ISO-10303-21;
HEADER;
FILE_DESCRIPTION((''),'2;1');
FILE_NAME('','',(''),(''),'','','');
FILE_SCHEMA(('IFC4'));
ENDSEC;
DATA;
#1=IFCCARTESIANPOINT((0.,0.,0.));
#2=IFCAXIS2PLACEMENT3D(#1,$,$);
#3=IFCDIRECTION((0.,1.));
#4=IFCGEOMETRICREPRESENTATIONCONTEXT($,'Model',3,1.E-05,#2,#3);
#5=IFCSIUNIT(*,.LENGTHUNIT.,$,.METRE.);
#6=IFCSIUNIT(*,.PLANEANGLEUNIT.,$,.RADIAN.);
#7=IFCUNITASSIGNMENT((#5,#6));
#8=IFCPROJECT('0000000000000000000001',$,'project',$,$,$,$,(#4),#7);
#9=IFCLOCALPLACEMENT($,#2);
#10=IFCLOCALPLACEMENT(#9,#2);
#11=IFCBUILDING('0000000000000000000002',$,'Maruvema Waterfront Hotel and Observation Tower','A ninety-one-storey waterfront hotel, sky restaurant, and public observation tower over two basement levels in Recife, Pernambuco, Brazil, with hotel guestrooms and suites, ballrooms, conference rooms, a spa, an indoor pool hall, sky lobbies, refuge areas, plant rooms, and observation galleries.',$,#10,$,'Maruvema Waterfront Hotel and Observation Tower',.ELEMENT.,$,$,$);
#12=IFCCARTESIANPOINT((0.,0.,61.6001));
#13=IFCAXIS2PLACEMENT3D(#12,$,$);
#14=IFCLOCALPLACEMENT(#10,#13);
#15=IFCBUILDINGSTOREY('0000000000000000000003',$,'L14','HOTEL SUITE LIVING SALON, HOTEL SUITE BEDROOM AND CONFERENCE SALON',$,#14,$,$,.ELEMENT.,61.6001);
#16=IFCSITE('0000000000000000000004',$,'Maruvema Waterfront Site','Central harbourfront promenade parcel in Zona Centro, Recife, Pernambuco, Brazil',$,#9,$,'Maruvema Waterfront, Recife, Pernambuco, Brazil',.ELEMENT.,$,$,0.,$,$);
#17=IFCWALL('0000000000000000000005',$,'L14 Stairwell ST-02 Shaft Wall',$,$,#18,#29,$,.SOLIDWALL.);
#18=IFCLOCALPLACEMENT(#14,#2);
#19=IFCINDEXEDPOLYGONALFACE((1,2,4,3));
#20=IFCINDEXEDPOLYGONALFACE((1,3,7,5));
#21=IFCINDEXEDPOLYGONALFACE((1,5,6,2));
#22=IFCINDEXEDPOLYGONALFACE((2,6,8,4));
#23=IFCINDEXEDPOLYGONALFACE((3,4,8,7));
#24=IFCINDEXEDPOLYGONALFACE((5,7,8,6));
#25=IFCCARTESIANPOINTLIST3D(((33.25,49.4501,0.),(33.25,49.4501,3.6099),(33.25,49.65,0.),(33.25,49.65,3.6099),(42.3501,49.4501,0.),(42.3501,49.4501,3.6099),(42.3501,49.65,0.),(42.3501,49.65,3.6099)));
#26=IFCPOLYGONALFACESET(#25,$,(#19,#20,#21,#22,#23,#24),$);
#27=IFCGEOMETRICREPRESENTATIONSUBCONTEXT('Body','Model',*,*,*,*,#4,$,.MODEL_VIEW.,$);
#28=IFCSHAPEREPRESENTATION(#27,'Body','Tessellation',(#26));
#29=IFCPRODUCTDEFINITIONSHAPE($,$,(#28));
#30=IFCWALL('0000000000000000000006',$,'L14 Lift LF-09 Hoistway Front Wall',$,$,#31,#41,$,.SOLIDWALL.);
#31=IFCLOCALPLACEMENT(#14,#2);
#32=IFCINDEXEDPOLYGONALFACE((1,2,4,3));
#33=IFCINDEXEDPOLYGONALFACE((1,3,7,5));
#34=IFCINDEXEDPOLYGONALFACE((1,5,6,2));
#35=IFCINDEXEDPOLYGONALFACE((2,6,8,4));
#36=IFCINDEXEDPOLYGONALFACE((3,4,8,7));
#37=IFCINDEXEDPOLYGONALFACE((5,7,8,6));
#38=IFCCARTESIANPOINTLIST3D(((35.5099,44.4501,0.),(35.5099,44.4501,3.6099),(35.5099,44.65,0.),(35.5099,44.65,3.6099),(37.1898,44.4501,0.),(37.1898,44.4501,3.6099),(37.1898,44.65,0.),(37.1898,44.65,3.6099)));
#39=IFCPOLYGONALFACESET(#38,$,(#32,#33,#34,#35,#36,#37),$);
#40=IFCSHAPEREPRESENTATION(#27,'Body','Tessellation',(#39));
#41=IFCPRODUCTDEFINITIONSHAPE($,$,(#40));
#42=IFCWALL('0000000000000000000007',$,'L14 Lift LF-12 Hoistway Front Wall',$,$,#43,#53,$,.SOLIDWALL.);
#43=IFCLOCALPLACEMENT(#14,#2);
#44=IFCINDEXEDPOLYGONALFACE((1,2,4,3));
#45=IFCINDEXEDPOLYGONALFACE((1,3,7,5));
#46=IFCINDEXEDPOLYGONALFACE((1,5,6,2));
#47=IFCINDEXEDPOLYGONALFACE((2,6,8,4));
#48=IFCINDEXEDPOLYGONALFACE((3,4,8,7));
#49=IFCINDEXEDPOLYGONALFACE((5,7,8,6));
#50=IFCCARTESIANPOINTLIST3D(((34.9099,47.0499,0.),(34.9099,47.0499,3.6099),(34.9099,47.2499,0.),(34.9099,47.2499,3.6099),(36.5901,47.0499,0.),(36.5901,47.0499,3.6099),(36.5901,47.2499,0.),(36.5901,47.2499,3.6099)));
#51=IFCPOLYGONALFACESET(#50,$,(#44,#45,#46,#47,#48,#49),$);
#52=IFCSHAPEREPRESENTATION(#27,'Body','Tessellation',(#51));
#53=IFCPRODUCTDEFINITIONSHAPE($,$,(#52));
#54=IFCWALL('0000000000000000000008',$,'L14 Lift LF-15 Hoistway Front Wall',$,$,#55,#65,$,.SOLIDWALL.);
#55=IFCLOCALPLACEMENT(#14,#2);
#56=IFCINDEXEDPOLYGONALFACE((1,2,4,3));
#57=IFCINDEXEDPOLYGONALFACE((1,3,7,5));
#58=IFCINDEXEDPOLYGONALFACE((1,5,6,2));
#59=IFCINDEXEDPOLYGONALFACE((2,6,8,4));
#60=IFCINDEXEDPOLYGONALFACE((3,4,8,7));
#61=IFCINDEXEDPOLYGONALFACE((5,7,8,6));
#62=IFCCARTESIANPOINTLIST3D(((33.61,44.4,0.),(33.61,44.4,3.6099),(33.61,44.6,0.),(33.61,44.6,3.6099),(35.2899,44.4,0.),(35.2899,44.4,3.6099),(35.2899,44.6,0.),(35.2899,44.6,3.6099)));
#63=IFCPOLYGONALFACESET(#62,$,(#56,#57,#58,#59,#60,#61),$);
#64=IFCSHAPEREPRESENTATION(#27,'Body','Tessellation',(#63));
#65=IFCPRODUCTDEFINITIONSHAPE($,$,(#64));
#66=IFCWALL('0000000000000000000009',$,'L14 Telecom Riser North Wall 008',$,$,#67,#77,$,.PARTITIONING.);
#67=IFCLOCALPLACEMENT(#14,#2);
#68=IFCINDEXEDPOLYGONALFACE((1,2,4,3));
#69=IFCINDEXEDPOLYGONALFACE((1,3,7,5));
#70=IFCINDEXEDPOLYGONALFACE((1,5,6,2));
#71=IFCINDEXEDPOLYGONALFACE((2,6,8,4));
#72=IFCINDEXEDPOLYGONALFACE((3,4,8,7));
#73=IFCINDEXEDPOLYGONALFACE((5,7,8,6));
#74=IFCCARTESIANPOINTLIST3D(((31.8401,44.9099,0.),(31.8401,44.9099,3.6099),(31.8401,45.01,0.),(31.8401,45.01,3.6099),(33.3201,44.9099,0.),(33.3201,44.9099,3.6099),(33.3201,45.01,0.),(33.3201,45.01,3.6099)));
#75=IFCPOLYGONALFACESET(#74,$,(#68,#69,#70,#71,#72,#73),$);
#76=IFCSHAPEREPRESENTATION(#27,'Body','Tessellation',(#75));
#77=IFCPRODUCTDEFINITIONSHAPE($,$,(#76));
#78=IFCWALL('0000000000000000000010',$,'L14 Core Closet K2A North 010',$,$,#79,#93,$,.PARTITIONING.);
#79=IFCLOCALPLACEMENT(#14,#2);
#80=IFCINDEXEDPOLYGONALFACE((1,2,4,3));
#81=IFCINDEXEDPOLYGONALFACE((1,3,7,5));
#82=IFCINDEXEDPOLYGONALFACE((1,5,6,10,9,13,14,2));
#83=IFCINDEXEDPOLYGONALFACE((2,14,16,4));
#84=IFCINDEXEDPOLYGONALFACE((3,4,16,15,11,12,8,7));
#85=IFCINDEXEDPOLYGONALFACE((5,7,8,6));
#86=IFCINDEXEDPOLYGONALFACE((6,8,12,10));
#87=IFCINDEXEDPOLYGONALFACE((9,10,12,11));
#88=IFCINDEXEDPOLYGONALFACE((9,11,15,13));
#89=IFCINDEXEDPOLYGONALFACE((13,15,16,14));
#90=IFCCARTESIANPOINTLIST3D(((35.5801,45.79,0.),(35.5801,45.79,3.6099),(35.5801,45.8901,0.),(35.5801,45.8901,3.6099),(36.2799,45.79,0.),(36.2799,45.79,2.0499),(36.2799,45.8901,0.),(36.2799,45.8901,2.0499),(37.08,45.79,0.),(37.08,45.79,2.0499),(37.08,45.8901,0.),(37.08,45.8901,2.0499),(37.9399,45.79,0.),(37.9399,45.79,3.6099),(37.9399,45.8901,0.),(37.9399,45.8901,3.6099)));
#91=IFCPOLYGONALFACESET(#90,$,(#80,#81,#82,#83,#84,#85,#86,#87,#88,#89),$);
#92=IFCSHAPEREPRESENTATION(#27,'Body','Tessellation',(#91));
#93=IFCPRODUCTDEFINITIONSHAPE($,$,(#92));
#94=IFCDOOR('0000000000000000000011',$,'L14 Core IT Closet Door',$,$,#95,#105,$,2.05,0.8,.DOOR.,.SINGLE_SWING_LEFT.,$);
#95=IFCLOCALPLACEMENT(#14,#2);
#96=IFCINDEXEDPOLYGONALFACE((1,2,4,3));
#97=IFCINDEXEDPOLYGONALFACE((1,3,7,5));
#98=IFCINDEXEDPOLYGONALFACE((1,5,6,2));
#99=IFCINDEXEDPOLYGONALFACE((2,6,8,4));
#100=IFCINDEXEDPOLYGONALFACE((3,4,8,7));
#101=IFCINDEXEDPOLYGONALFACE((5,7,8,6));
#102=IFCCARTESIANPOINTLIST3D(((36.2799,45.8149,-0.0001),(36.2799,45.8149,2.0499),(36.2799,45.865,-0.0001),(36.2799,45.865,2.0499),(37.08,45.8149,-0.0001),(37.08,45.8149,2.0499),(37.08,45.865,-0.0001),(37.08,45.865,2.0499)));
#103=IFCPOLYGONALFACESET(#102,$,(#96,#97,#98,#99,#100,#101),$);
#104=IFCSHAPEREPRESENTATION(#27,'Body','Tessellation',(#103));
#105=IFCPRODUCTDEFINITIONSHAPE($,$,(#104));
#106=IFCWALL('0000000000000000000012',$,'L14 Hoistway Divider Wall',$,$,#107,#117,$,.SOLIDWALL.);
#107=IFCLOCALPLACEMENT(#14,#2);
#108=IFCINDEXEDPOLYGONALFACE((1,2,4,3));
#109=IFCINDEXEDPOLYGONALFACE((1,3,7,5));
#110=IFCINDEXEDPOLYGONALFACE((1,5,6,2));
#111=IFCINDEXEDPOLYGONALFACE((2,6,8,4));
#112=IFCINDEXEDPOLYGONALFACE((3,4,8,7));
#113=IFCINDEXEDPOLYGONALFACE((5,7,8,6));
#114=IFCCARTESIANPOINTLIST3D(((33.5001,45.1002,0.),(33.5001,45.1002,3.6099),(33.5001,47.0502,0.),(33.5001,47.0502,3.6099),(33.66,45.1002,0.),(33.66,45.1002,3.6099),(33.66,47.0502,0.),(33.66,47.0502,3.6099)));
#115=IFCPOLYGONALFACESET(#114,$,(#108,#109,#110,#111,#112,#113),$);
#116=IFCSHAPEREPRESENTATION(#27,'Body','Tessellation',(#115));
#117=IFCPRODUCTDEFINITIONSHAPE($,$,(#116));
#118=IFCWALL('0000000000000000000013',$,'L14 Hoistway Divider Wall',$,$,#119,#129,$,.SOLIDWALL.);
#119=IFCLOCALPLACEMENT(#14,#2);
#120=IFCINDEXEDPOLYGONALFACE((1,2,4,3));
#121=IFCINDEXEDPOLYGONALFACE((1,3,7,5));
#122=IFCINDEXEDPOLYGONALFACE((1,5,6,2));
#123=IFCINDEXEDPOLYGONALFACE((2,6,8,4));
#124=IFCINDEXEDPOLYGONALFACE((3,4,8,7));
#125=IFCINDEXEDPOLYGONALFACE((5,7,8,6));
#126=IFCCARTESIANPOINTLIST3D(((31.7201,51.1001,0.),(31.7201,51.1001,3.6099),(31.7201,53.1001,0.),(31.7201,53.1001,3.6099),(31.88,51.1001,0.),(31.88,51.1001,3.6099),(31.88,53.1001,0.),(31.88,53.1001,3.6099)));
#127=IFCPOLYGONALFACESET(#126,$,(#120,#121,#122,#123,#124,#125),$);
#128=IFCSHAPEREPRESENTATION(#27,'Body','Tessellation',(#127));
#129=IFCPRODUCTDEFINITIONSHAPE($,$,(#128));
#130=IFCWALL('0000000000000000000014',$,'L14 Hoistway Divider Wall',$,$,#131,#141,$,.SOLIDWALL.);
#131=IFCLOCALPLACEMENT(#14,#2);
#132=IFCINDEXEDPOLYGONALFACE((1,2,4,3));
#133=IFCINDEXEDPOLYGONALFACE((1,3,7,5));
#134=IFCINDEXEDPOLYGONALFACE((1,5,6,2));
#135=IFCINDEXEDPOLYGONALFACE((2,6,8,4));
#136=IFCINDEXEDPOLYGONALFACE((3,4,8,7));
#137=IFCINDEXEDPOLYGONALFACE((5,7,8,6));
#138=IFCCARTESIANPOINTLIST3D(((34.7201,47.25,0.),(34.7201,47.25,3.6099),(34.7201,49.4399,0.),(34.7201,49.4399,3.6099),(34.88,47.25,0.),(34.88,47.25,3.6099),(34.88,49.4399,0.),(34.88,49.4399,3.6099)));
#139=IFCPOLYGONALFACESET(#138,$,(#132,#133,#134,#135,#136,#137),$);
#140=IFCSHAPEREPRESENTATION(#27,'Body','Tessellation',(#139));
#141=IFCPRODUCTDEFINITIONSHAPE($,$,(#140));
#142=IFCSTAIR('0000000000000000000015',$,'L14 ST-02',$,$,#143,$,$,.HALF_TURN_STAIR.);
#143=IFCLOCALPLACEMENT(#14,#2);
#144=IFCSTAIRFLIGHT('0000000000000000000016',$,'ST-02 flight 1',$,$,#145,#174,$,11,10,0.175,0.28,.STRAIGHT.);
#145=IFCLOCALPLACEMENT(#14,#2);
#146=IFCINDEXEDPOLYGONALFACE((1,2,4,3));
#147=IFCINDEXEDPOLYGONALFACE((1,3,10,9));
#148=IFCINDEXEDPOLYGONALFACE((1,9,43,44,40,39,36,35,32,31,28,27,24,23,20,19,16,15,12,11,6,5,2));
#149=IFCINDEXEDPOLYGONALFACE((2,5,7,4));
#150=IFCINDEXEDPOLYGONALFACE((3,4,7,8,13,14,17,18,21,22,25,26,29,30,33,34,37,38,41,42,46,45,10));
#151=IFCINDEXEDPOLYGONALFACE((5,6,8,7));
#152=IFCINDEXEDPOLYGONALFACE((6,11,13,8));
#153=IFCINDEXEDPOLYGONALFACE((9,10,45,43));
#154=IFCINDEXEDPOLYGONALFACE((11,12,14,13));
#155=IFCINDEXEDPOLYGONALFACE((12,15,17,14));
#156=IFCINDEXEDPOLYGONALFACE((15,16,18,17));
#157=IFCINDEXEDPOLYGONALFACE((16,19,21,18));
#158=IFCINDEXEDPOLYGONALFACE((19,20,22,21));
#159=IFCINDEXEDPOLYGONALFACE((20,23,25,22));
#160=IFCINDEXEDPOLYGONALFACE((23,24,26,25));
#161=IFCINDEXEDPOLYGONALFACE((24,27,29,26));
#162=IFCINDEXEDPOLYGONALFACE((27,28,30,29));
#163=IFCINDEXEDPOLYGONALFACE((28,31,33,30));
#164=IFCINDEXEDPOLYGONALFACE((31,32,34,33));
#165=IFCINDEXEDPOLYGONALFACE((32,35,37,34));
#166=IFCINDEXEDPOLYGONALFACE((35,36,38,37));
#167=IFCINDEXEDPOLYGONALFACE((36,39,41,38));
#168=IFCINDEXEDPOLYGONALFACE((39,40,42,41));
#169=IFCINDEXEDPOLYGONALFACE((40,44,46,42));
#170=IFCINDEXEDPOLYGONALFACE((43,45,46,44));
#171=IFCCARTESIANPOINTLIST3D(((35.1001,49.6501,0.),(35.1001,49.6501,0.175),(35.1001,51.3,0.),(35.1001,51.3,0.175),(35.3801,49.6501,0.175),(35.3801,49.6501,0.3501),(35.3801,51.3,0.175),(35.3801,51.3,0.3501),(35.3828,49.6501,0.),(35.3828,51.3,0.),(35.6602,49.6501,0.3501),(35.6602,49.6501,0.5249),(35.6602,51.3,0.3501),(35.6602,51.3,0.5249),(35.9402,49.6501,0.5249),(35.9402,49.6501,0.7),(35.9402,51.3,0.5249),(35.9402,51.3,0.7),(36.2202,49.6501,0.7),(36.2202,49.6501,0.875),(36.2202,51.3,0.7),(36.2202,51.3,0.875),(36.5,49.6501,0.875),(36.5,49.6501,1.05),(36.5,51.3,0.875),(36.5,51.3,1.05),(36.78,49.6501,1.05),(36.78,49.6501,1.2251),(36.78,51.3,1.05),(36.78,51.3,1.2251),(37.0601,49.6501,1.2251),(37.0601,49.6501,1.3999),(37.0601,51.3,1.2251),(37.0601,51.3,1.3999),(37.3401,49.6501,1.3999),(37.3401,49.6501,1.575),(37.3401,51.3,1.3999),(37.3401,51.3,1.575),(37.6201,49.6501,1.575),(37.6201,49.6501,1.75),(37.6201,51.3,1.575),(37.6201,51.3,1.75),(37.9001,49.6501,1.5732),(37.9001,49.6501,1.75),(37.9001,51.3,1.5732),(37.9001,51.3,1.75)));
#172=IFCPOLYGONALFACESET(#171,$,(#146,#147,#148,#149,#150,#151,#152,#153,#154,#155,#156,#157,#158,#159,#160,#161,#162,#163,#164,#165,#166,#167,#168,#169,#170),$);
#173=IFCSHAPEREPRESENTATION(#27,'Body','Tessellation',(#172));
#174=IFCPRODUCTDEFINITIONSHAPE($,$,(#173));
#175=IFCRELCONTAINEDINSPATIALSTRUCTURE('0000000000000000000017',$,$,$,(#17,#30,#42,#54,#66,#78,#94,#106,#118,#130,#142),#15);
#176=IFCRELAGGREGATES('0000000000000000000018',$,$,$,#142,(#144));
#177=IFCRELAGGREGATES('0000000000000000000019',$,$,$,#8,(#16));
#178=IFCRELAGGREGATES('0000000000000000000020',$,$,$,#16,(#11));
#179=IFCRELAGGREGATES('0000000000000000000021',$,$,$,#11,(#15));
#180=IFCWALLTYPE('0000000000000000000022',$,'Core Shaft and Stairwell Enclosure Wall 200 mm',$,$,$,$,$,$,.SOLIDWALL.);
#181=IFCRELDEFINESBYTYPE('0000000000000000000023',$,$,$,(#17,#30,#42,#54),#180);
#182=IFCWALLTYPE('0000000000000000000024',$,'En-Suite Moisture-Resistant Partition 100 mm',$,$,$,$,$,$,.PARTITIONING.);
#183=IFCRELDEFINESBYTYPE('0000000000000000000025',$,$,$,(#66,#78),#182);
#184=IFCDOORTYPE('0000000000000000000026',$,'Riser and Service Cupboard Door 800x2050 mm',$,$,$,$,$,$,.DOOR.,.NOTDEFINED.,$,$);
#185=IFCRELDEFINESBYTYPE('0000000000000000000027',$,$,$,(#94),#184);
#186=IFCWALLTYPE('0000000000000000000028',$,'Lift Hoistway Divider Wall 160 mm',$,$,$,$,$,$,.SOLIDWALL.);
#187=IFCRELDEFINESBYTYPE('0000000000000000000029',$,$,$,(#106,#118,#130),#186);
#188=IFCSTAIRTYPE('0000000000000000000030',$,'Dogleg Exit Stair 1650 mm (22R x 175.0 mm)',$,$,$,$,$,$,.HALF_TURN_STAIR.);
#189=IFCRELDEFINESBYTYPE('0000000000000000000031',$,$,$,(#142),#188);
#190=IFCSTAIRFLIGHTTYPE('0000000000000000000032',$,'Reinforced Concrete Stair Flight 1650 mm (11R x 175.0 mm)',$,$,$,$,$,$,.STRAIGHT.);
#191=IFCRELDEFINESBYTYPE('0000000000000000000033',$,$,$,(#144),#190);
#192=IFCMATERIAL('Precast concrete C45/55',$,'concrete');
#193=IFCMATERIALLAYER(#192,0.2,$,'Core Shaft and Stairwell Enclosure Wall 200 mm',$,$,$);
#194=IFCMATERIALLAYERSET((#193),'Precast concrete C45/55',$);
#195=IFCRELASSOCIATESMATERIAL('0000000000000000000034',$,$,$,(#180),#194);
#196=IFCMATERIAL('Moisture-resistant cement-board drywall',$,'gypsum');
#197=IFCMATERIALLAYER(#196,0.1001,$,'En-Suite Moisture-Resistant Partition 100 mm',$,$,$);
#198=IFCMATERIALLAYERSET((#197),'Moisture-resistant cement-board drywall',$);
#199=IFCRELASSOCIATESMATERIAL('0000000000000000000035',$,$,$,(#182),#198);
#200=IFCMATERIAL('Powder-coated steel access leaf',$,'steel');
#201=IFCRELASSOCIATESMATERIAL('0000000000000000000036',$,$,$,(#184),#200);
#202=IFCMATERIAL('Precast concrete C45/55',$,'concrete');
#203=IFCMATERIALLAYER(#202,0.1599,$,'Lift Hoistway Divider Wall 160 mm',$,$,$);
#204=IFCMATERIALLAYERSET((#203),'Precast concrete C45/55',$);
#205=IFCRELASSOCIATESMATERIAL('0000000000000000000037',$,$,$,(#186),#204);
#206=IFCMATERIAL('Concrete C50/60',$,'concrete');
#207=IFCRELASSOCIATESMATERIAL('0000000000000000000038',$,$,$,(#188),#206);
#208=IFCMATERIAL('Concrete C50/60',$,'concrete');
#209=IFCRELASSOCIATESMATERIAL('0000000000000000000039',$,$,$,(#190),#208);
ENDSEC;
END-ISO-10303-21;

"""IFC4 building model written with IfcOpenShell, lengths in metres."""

from ifc_helpers import new_model, si_unit, direction, frame, frame_2d, origin, place, context, subcontext, project, spatial, polyline, rectangle, outline, extrude, material, layer, layer_set, type_object, element, fill, aggregate, save


model = new_model("IFC4")

# Units and contexts
model_context = context("Model", 3, precision=1e-05, world=origin(), true_north=direction((0.0, 1.0)))
body_context = subcontext(model_context, "Body", "Model", "MODEL_VIEW")
ifc_project = project(units=[si_unit("LENGTHUNIT", "METRE"), si_unit("PLANEANGLEUNIT", "RADIAN")], contexts=[model_context])

# Site, building, storey
site_placement = place(None, origin())
site = spatial("IfcSite", under=ifc_project, at=site_placement, Name="Maruvema Waterfront Site", Description="Central harbourfront promenade parcel in Zona Centro, Recife, Pernambuco, Brazil", LongName="Maruvema Waterfront, Recife, Pernambuco, Brazil", CompositionType="ELEMENT", RefElevation=0.0)
building_placement = place(site_placement, origin())
building = spatial("IfcBuilding", under=site, at=building_placement, Name="Maruvema Waterfront Hotel and Observation Tower", Description="A ninety-one-storey waterfront hotel, sky restaurant, and public observation tower over two basement levels in Recife, Pernambuco, Brazil, with hotel guestrooms and suites, ballrooms, conference rooms, a spa, an indoor pool hall, sky lobbies, refuge areas, plant rooms, and observation galleries.", LongName="Maruvema Waterfront Hotel and Observation Tower", CompositionType="ELEMENT")
storey_placement = place(building_placement, frame((0.0, 0.0, 61.6001)))
storey = spatial("IfcBuildingStorey", under=building, at=storey_placement, Name="L14", Description="HOTEL SUITE LIVING SALON, HOTEL SUITE BEDROOM AND CONFERENCE SALON", CompositionType="ELEMENT", Elevation=61.6001)

# Wall
ifc_material_1 = material(Name="Precast concrete C45/55", Category="concrete")
ifc_layer_1 = layer(ifc_material_1, 0.2, Name="Core Shaft and Stairwell Enclosure Wall 200 mm")
ifc_layer_set_1 = layer_set([ifc_layer_1], Name="Precast concrete C45/55")
wall_type_1 = type_object("IfcWallType", Name="Core Shaft and Stairwell Enclosure Wall 200 mm", PredefinedType="SOLIDWALL", material=ifc_layer_set_1)
wall_1_placement = place(storey_placement, frame((33.25, 49.55, 0.0), z_axis=(0.0, 0.0, 1.0), x_axis=(1.0, 0.0, 0.0)))
element("IfcWall", 1, at=wall_1_placement, inside=storey, type_object=wall_type_1, Name="L14 Stairwell ST-02 Shaft Wall", PredefinedType="SOLIDWALL", context=body_context, shape_type="SweptSolid", body=[
    extrude(rectangle(XDim=9.1001, YDim=0.2, at=frame_2d((4.55, 0.0))), origin(), (0.0, 0.0, 1.0), 3.6099),
])

# Walls
wall_2_placement = place(storey_placement, frame((35.51, 44.55, 0.0), z_axis=(0.0, 0.0, 1.0), x_axis=(1.0, 0.0, 0.0)))
element("IfcWall", 2, at=wall_2_placement, inside=storey, type_object=wall_type_1, Name="L14 Lift LF-09 Hoistway Front Wall", PredefinedType="SOLIDWALL", context=body_context, shape_type="SweptSolid", body=[
    extrude(rectangle(XDim=1.6799, YDim=0.2, at=frame_2d((0.8398, 0.0))), origin(), (0.0, 0.0, 1.0), 3.6099),
])
wall_3_placement = place(storey_placement, frame((34.9099, 47.1499, 0.0), z_axis=(0.0, 0.0, 1.0), x_axis=(1.0, 0.0, 0.0)))
element("IfcWall", 3, at=wall_3_placement, inside=storey, type_object=wall_type_1, Name="L14 Lift LF-12 Hoistway Front Wall", PredefinedType="SOLIDWALL", context=body_context, shape_type="SweptSolid", body=[
    extrude(rectangle(XDim=1.6802, YDim=0.2, at=frame_2d((0.8401, 0.0))), origin(), (0.0, 0.0, 1.0), 3.6099),
])
wall_4_placement = place(storey_placement, frame((33.6101, 44.5, 0.0), z_axis=(0.0, 0.0, 1.0), x_axis=(1.0, 0.0, 0.0)))
element("IfcWall", 4, at=wall_4_placement, inside=storey, type_object=wall_type_1, Name="L14 Lift LF-15 Hoistway Front Wall", PredefinedType="SOLIDWALL", context=body_context, shape_type="SweptSolid", body=[
    extrude(rectangle(XDim=1.6799, YDim=0.2, at=frame_2d((0.8398, 0.0))), origin(), (0.0, 0.0, 1.0), 3.6099),
])
ifc_material_2 = material(Name="Moisture-resistant cement-board drywall", Category="gypsum")
ifc_layer_2 = layer(ifc_material_2, 0.1001, Name="En-Suite Moisture-Resistant Partition 100 mm")
ifc_layer_set_2 = layer_set([ifc_layer_2], Name="Moisture-resistant cement-board drywall")
wall_type_2 = type_object("IfcWallType", Name="En-Suite Moisture-Resistant Partition 100 mm", PredefinedType="PARTITIONING", material=ifc_layer_set_2)
wall_5_placement = place(storey_placement, frame((31.8401, 44.96, 0.0), z_axis=(0.0, 0.0, 1.0), x_axis=(1.0, 0.0, 0.0)))
element("IfcWall", 5, at=wall_5_placement, inside=storey, type_object=wall_type_2, Name="L14 Telecom Riser North Wall 008", PredefinedType="PARTITIONING", context=body_context, shape_type="SweptSolid", body=[
    extrude(rectangle(XDim=1.48, YDim=0.1001, at=frame_2d((0.74, 0.0))), origin(), (0.0, 0.0, 1.0), 3.6099),
])

# Wall, opening, door
wall_6_placement = place(storey_placement, frame((35.5801, 45.8401, 0.0), z_axis=(0.0, 0.0, 1.0), x_axis=(1.0, 0.0, 0.0)))
wall_6 = element("IfcWall", 6, at=wall_6_placement, inside=storey, type_object=wall_type_2, Name="L14 Core Closet K2A North 010", PredefinedType="PARTITIONING", context=body_context, shape_type="SweptSolid", body=[
    extrude(rectangle(XDim=2.3599, YDim=0.1001, at=frame_2d((1.1799, 0.0))), origin(), (0.0, 0.0, 1.0), 3.6099),
])
opening_1_placement = place(wall_6_placement, frame((0.7, 0.0, 0.0)))
opening_1 = element("IfcOpeningElement", 7, at=opening_1_placement, cuts=wall_6, PredefinedType="OPENING", context=body_context, shape_type="SweptSolid", body=[
    extrude(rectangle(XDim=0.8, YDim=2.05, at=frame_2d((0.3999, 1.0249))), frame((0.0, 0.0601, 0.0), z_axis=(0.0, -1.0, 0.0), x_axis=(1.0, 0.0, 0.0)), (0.0, 0.0, 1.0), 0.1201),
])
ifc_material_3 = material(Name="Powder-coated steel access leaf", Category="steel")
door_type_1 = type_object("IfcDoorType", Name="Riser and Service Cupboard Door 800x2050 mm", OperationType="NOTDEFINED", PredefinedType="DOOR", material=ifc_material_3)
door_1_placement = place(opening_1_placement, origin())
door_1 = element("IfcDoor", 8, at=door_1_placement, inside=storey, type_object=door_type_1, Name="L14 Core IT Closet Door", OperationType="SINGLE_SWING_LEFT", OverallHeight=2.05, OverallWidth=0.8, PredefinedType="DOOR", context=body_context, shape_type="SweptSolid", body=[
    extrude(rectangle(XDim=0.8, YDim=2.05, at=frame_2d((0.3999, 1.0249))), frame((0.0, 0.0249, 0.0), z_axis=(0.0, -1.0, 0.0), x_axis=(1.0, 0.0, 0.0)), (0.0, 0.0, 1.0), 0.05),
])
fill(opening_1, door_1)

# Walls
ifc_material_4 = material(Name="Precast concrete C45/55", Category="concrete")
ifc_layer_3 = layer(ifc_material_4, 0.1599, Name="Lift Hoistway Divider Wall 160 mm")
ifc_layer_set_3 = layer_set([ifc_layer_3], Name="Precast concrete C45/55")
wall_type_3 = type_object("IfcWallType", Name="Lift Hoistway Divider Wall 160 mm", PredefinedType="SOLIDWALL", material=ifc_layer_set_3)
wall_7_placement = place(storey_placement, frame((33.5801, 45.1001, 0.0), z_axis=(0.0, 0.0, 1.0), x_axis=(0.0, 1.0, 0.0)))
element("IfcWall", 9, at=wall_7_placement, inside=storey, type_object=wall_type_3, Name="L14 Hoistway Divider Wall", PredefinedType="SOLIDWALL", context=body_context, shape_type="SweptSolid", body=[
    extrude(rectangle(XDim=1.95, YDim=0.1599, at=frame_2d((0.9751, 0.0))), origin(), (0.0, 0.0, 1.0), 3.6099),
])
wall_8_placement = place(storey_placement, frame((31.8, 51.1001, 0.0), z_axis=(0.0, 0.0, 1.0), x_axis=(0.0, 1.0, 0.0)))
element("IfcWall", 10, at=wall_8_placement, inside=storey, type_object=wall_type_3, Name="L14 Hoistway Divider Wall", PredefinedType="SOLIDWALL", context=body_context, shape_type="SweptSolid", body=[
    extrude(rectangle(XDim=2.0, YDim=0.1599, at=frame_2d((1.0, 0.0))), origin(), (0.0, 0.0, 1.0), 3.6099),
])
wall_9_placement = place(storey_placement, frame((34.8, 47.25, 0.0), z_axis=(0.0, 0.0, 1.0), x_axis=(0.0, 1.0, 0.0)))
element("IfcWall", 11, at=wall_9_placement, inside=storey, type_object=wall_type_3, Name="L14 Hoistway Divider Wall", PredefinedType="SOLIDWALL", context=body_context, shape_type="SweptSolid", body=[
    extrude(rectangle(XDim=2.1899, YDim=0.1599, at=frame_2d((1.095, 0.0))), origin(), (0.0, 0.0, 1.0), 3.6099),
])

# Stair, stair flight
ifc_material_5 = material(Name="Concrete C50/60", Category="concrete")
stair_type = type_object("IfcStairType", Name="Dogleg Exit Stair 1650 mm (22R x 175.0 mm)", PredefinedType="HALF_TURN_STAIR", material=ifc_material_5)
stair_placement = place(storey_placement, origin())
stair = element("IfcStair", 12, at=stair_placement, inside=storey, type_object=stair_type, Name="L14 ST-02", PredefinedType="HALF_TURN_STAIR")
ifc_material_6 = material(Name="Concrete C50/60", Category="concrete")
stair_flight_type = type_object("IfcStairFlightType", Name="Reinforced Concrete Stair Flight 1650 mm (11R x 175.0 mm)", PredefinedType="STRAIGHT", material=ifc_material_6)
stair_flight_placement = place(storey_placement, frame((35.1001, 50.4751, 0.0), z_axis=(0.0, 0.0, 1.0), x_axis=(1.0, 0.0, 0.0)))
stair_flight = element("IfcStairFlight", 13, at=stair_flight_placement, type_object=stair_flight_type, Name="ST-02 flight 1", NumberOfRisers=11, NumberOfTreads=10, PredefinedType="STRAIGHT", RiserHeight=0.175, TreadLength=0.28, context=body_context, shape_type="SweptSolid", body=[
    extrude(outline(polyline([(0.0, 0.0), (0.0, 0.175), (0.28, 0.175), (0.28, 0.3501), (0.5601, 0.3501), (0.5601, 0.5249), (0.8401, 0.5249), (0.8401, 0.7), (1.1201, 0.7), (1.1201, 0.875), (1.3999, 0.875), (1.3999, 1.05), (1.6799, 1.05), (1.6799, 1.2251), (1.96, 1.2251), (1.96, 1.3999), (2.24, 1.3999), (2.24, 1.575), (2.52, 1.575), (2.52, 1.75), (2.8, 1.75), (2.8, 1.925), (2.8, 1.5732), (0.2827, 0.0), (0.0, 0.0)])), frame((0.0, 0.825, 0.0), z_axis=(0.0, -1.0, 0.0), x_axis=(1.0, 0.0, 0.0)), (0.0, 0.0, 1.0), 1.6499),
])
aggregate(stair, [stair_flight])

save(model, "model.ifc")
